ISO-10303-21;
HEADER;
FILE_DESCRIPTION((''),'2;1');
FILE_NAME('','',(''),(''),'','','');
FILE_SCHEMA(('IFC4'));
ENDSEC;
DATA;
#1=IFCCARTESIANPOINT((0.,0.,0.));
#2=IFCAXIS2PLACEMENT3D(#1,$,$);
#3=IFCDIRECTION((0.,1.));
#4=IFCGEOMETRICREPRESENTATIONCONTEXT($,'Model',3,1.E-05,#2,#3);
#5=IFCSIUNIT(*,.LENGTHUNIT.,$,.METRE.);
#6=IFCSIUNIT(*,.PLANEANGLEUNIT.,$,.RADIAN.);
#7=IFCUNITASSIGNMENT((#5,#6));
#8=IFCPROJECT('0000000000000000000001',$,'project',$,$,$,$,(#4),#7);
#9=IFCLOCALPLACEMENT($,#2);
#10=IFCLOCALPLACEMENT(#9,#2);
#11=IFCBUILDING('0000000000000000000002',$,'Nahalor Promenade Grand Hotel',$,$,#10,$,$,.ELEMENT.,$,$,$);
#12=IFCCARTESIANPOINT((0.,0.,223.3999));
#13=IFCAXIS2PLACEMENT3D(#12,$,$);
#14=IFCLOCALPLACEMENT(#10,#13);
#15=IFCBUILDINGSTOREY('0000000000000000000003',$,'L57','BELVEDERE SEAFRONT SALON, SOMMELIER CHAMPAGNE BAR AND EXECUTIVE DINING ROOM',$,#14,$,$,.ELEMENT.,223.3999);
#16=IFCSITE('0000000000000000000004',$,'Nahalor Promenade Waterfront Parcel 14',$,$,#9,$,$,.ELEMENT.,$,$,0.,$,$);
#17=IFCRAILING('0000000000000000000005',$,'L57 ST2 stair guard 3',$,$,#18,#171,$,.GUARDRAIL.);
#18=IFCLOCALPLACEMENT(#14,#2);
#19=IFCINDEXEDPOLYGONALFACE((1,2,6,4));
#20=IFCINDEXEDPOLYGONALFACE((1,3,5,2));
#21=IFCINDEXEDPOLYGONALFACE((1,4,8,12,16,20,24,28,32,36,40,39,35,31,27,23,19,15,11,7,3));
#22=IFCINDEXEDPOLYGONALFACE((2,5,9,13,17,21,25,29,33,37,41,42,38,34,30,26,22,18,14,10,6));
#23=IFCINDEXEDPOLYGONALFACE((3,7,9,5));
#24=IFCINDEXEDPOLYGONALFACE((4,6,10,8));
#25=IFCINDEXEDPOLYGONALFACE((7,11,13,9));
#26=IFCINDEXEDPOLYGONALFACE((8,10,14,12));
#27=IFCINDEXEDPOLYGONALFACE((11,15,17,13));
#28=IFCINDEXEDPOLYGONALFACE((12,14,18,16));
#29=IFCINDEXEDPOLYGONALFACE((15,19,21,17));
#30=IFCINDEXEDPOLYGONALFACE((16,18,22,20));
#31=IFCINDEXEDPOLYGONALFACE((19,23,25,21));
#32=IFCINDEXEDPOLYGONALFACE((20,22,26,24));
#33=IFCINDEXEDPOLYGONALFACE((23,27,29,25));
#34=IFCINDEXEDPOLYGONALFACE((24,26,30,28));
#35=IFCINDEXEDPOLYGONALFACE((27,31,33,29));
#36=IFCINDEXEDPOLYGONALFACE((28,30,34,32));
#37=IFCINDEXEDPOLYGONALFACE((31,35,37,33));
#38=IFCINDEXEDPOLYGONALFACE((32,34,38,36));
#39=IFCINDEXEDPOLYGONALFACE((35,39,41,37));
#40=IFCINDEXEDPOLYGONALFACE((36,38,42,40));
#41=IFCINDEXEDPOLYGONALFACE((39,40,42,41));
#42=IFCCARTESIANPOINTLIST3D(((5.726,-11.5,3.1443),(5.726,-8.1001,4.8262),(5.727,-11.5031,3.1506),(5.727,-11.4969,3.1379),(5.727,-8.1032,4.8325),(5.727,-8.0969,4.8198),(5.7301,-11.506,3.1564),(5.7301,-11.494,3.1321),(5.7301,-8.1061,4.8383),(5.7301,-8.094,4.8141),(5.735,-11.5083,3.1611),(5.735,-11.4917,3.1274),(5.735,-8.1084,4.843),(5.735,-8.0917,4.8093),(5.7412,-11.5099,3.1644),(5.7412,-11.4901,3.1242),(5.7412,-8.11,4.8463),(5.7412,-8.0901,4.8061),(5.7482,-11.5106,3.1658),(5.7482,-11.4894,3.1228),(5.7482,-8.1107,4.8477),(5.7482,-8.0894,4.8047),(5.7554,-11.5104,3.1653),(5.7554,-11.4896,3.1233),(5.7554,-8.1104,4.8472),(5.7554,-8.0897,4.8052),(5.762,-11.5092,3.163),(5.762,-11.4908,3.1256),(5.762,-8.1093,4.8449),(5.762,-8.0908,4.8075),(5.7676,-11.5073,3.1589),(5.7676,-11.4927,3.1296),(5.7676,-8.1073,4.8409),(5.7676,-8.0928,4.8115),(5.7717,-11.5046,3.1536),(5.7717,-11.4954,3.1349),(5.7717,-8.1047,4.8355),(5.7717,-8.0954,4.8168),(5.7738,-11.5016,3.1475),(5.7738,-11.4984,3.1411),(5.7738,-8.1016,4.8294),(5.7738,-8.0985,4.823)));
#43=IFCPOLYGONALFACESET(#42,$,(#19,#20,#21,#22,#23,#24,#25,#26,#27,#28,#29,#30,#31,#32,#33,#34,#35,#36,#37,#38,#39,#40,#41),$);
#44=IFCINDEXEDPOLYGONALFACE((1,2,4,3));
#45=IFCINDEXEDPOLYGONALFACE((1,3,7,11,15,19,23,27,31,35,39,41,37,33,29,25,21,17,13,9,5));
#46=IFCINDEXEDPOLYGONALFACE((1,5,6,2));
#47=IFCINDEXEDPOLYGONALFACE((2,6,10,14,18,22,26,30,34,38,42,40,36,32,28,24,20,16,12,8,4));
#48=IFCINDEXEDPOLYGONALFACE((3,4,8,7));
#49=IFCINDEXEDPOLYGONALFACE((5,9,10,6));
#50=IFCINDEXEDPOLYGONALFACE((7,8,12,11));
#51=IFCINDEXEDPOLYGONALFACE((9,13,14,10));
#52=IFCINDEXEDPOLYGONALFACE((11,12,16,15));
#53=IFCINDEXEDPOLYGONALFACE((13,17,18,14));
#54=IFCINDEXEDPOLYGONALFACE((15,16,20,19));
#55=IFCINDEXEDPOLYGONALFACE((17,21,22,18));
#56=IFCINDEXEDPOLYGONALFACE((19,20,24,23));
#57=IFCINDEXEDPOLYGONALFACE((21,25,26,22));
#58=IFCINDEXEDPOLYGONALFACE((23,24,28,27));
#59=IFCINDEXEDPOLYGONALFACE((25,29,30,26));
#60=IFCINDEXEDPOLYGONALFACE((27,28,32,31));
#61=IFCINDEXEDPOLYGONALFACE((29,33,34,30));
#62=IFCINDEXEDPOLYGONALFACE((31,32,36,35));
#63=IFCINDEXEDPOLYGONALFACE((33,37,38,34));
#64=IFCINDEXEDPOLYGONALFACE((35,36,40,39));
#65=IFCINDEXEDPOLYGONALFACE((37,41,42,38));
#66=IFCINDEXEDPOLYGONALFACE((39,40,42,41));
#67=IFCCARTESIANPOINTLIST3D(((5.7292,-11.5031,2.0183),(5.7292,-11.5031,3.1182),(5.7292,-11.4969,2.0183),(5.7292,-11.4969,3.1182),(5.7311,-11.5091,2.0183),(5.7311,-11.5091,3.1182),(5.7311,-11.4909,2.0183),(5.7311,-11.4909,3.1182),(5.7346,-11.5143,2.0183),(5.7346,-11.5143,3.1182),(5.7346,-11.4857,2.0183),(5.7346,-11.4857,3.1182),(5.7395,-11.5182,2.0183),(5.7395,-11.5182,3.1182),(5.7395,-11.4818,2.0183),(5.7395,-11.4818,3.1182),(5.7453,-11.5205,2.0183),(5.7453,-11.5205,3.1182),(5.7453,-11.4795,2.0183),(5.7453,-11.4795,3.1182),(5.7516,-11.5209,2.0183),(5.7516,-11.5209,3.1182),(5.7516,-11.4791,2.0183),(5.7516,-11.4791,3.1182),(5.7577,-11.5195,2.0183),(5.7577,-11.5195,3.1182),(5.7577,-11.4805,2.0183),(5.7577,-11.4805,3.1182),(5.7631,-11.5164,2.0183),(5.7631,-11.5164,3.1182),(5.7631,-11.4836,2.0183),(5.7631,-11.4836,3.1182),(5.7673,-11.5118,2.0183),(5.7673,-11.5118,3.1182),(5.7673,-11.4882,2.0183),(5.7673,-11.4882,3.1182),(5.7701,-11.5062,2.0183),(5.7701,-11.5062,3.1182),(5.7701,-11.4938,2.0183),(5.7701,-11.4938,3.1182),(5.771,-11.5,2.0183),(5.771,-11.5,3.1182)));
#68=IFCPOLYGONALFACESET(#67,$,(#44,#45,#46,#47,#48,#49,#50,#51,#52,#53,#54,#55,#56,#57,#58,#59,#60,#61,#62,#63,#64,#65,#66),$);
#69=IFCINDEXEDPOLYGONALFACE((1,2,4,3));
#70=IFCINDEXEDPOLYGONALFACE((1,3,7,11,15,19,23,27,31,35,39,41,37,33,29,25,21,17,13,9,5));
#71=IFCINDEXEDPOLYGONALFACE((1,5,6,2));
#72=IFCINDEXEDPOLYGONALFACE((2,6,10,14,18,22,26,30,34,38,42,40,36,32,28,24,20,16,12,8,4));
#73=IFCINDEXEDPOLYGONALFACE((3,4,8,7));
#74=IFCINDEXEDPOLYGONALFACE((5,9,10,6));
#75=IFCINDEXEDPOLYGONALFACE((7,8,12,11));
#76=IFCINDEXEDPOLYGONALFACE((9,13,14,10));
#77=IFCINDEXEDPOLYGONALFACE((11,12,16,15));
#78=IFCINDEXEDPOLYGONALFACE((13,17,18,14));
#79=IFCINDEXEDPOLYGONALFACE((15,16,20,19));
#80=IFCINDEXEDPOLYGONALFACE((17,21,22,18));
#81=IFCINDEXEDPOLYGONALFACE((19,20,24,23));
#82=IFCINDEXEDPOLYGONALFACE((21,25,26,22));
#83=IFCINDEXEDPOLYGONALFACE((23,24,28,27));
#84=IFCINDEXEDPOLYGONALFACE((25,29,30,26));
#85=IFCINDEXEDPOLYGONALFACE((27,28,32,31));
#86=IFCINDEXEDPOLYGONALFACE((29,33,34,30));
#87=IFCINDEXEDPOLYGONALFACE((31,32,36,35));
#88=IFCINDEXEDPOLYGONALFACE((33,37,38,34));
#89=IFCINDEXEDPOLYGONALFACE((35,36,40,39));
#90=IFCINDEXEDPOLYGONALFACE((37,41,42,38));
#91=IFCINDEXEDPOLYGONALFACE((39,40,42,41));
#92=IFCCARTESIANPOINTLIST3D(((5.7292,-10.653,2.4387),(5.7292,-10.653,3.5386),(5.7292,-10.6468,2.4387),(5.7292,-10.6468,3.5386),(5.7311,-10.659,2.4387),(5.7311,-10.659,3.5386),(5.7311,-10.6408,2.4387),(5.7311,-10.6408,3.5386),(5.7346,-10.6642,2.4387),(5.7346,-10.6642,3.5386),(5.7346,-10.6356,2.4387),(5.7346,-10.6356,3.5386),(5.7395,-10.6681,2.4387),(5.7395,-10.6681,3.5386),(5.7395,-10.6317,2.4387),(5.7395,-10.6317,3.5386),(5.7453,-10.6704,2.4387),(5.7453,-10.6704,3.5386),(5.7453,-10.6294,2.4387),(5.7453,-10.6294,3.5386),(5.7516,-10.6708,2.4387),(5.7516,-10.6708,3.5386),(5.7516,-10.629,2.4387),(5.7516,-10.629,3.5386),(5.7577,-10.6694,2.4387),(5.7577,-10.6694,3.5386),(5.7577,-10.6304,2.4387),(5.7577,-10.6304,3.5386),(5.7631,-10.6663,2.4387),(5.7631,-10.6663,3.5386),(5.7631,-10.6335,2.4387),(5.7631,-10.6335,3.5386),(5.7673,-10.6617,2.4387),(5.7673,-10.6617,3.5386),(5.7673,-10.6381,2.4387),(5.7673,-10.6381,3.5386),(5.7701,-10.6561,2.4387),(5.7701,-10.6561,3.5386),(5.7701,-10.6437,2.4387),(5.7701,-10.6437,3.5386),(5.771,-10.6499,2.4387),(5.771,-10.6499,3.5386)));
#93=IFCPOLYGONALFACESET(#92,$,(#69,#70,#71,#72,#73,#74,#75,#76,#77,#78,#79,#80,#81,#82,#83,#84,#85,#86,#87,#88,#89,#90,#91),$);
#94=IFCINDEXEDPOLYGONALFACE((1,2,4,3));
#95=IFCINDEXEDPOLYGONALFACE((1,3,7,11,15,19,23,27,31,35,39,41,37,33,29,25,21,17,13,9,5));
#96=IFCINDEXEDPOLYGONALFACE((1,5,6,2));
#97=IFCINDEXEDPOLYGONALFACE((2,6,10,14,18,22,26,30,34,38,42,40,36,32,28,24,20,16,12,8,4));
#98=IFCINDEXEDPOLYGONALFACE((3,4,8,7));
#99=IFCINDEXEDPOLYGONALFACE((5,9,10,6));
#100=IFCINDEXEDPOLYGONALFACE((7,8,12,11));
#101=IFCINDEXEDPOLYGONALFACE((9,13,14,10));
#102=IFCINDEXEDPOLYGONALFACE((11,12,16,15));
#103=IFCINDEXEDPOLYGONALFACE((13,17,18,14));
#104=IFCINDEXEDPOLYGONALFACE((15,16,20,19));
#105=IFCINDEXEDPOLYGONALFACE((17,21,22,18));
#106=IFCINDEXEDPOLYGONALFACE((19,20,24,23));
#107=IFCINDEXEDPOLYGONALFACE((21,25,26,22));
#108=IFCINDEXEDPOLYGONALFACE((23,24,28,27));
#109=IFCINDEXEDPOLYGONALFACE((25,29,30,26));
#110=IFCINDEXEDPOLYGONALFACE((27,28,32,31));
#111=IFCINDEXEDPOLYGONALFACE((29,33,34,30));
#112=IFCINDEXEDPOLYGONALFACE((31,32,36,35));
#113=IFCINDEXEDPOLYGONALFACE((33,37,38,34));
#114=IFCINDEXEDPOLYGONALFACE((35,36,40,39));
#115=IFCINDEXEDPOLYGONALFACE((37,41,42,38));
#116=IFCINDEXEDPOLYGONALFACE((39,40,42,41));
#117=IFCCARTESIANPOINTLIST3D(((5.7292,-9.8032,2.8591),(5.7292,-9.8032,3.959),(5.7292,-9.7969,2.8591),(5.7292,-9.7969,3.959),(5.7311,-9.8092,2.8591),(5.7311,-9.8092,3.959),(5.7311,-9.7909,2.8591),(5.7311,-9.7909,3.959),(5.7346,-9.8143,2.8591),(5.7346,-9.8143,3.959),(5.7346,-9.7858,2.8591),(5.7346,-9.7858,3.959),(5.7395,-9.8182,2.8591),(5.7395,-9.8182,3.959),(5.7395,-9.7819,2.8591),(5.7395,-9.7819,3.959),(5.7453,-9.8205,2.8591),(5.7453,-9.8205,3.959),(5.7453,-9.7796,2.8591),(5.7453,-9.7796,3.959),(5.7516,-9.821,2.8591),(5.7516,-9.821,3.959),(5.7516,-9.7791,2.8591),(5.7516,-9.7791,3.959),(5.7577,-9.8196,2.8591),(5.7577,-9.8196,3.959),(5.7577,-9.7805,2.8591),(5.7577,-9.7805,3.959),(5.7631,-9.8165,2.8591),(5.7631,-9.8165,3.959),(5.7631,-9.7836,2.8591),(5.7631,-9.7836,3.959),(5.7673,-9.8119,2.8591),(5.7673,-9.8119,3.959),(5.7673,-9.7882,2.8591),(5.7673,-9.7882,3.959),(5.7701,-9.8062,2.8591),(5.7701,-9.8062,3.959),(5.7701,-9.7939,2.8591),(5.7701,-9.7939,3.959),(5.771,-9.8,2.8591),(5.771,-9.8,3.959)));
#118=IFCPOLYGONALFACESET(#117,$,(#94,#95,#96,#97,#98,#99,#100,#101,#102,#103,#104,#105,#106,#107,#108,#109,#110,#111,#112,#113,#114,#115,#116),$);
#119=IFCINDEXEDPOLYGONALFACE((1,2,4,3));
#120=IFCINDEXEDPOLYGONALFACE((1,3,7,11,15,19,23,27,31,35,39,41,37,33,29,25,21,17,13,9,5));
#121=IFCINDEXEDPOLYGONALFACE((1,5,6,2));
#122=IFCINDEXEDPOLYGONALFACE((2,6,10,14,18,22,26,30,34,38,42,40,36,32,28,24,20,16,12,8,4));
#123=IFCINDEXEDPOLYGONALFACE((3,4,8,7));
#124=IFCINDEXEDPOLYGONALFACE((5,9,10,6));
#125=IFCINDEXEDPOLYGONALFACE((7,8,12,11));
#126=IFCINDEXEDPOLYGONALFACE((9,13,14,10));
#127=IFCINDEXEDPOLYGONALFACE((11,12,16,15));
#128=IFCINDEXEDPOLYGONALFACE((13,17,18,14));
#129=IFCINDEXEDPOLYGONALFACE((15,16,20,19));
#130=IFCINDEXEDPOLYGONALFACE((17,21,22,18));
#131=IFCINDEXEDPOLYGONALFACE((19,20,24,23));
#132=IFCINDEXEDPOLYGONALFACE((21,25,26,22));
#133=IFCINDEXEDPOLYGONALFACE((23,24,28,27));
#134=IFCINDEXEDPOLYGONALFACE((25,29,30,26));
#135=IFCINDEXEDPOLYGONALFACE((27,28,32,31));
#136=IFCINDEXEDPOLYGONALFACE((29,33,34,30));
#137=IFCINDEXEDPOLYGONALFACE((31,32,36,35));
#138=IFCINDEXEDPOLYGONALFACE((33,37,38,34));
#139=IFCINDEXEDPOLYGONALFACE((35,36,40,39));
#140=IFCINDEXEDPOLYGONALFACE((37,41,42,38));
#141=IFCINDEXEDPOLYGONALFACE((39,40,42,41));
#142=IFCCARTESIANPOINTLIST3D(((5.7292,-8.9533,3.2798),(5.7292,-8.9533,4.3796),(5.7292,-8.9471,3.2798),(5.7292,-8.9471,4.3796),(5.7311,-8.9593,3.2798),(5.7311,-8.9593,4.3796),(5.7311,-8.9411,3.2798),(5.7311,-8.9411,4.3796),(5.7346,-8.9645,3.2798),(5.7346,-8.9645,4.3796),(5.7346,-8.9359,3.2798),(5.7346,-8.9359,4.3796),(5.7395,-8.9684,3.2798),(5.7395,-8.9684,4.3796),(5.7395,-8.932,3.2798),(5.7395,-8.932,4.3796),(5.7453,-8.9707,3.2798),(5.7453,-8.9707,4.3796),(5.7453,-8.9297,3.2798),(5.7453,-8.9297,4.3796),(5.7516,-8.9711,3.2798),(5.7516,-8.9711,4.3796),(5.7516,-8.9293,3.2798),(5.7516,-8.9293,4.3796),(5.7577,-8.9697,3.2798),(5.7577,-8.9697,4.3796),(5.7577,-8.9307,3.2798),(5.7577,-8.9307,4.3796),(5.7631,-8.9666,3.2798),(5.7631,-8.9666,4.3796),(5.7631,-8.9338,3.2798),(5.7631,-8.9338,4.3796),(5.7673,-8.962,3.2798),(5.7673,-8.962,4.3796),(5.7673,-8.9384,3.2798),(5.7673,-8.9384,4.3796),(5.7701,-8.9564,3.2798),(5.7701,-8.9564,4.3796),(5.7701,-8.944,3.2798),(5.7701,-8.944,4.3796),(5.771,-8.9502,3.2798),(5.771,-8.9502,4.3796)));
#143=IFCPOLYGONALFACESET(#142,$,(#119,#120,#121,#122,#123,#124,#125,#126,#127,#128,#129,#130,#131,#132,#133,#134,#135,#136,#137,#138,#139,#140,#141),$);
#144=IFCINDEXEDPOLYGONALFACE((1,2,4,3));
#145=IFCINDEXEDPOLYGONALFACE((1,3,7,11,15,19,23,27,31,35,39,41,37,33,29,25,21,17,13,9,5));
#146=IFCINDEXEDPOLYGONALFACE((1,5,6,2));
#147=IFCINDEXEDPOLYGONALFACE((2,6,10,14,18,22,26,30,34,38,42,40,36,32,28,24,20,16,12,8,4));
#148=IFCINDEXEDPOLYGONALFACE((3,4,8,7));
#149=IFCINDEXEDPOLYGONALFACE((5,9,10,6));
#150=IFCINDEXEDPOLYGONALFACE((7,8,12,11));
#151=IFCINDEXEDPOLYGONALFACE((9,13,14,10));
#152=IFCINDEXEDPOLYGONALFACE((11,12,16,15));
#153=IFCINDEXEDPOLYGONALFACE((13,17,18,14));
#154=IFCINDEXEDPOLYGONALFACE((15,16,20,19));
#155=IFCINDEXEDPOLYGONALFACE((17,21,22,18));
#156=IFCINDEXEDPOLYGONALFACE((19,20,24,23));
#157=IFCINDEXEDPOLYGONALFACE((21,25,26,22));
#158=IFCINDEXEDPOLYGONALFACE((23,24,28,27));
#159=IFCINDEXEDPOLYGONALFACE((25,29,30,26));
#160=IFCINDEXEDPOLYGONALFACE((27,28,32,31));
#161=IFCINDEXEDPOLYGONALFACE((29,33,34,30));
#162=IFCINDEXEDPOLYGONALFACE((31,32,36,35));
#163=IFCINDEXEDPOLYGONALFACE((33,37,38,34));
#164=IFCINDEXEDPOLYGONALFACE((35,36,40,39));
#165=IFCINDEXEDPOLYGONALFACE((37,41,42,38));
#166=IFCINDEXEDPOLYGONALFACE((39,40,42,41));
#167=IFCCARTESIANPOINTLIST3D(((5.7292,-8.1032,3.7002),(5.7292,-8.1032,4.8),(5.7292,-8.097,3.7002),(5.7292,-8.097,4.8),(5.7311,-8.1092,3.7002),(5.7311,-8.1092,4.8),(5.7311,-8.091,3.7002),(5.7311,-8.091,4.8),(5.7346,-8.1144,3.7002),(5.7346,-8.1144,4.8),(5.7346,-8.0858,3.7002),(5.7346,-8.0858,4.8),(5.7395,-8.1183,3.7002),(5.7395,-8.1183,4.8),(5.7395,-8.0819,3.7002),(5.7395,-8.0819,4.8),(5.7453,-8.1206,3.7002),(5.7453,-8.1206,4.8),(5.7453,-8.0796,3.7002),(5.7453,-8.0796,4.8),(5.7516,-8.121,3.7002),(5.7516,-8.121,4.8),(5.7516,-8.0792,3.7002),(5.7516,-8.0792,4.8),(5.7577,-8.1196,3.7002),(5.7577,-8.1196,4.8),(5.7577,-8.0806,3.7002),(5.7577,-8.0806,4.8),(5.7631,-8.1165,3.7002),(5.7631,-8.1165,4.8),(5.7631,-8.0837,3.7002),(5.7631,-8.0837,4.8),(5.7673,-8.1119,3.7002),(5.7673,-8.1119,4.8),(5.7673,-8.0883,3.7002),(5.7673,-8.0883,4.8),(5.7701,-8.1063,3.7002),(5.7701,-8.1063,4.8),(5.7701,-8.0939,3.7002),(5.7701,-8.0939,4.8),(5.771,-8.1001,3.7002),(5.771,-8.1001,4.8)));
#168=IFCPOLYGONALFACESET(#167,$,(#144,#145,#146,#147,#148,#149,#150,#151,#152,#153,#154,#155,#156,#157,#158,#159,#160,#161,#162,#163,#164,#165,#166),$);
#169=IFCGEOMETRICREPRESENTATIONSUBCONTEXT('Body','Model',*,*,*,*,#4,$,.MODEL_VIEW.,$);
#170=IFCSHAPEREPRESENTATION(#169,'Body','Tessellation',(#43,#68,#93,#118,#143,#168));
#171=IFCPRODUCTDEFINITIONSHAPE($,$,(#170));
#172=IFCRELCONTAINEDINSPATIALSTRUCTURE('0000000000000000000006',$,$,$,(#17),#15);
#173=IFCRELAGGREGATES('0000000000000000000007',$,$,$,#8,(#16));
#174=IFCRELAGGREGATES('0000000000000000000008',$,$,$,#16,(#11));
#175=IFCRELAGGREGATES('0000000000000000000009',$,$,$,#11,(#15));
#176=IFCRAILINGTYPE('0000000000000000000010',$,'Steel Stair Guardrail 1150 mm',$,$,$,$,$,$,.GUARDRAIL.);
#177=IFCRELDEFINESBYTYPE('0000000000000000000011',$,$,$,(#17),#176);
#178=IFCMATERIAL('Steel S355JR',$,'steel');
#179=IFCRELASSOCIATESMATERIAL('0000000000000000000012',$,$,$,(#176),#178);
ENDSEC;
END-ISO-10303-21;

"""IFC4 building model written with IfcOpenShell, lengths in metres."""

from ifc_helpers import new_model, si_unit, direction, frame, origin, origin_2d, place, context, subcontext, project, spatial, circle, extrude, material, type_object, element, save


model = new_model("IFC4")

# Units and contexts
model_context = context("Model", 3, precision=1e-05, world=origin(), true_north=direction((0.0, 1.0)))
body_context = subcontext(model_context, "Body", "Model", "MODEL_VIEW")
ifc_project = project(units=[si_unit("LENGTHUNIT", "METRE"), si_unit("PLANEANGLEUNIT", "RADIAN")], contexts=[model_context])

# Site, building, storey
site_placement = place(None, origin())
site = spatial("IfcSite", under=ifc_project, at=site_placement, Name="Nahalor Promenade Waterfront Parcel 14", CompositionType="ELEMENT", RefElevation=0.0)
building_placement = place(site_placement, origin())
building = spatial("IfcBuilding", under=site, at=building_placement, Name="Nahalor Promenade Grand Hotel", CompositionType="ELEMENT")
storey_placement = place(building_placement, frame((0.0, 0.0, 223.3999)))
storey = spatial("IfcBuildingStorey", under=building, at=storey_placement, Name="L57", Description="BELVEDERE SEAFRONT SALON, SOMMELIER CHAMPAGNE BAR AND EXECUTIVE DINING ROOM", CompositionType="ELEMENT", Elevation=223.3999)

# Shared definitions
ifc_material_1 = material(Name="Steel S355JR", Category="steel")

# Railing
railing_type_1 = type_object("IfcRailingType", Name="Steel Stair Guardrail 1150 mm", PredefinedType="GUARDRAIL", material=ifc_material_1)
railing_1_placement = place(storey_placement, frame((5.75, -11.5, 2.0183)))
element("IfcRailing", 1, at=railing_1_placement, inside=storey, type_object=railing_type_1, Name="L57 ST2 stair guard 3", PredefinedType="GUARDRAIL", context=body_context, shape_type="SweptSolid", body=[
    extrude(circle(Radius=0.024, at=origin_2d()), frame((0.0, 0.0, 1.126), z_axis=(0.0, 0.896324, 0.443399), x_axis=(-1.0, 0.0, 0.0)), (0.0, 0.0, 1.0), 3.7932),
    extrude(circle(Radius=0.021, at=origin_2d()), origin(), (0.0, 0.0, 1.0), 1.0999),
    extrude(circle(Radius=0.021, at=origin_2d()), frame((0.0, 0.8501, 0.4204)), (0.0, 0.0, 1.0), 1.0999),
    extrude(circle(Radius=0.021, at=origin_2d()), frame((0.0, 1.7, 0.8408)), (0.0, 0.0, 1.0), 1.0999),
    extrude(circle(Radius=0.021, at=origin_2d()), frame((0.0, 2.5498, 1.2615)), (0.0, 0.0, 1.0), 1.0999),
    extrude(circle(Radius=0.021, at=origin_2d()), frame((0.0, 3.3999, 1.6819)), (0.0, 0.0, 1.0), 1.0999),
])

save(model, "model.ifc")
